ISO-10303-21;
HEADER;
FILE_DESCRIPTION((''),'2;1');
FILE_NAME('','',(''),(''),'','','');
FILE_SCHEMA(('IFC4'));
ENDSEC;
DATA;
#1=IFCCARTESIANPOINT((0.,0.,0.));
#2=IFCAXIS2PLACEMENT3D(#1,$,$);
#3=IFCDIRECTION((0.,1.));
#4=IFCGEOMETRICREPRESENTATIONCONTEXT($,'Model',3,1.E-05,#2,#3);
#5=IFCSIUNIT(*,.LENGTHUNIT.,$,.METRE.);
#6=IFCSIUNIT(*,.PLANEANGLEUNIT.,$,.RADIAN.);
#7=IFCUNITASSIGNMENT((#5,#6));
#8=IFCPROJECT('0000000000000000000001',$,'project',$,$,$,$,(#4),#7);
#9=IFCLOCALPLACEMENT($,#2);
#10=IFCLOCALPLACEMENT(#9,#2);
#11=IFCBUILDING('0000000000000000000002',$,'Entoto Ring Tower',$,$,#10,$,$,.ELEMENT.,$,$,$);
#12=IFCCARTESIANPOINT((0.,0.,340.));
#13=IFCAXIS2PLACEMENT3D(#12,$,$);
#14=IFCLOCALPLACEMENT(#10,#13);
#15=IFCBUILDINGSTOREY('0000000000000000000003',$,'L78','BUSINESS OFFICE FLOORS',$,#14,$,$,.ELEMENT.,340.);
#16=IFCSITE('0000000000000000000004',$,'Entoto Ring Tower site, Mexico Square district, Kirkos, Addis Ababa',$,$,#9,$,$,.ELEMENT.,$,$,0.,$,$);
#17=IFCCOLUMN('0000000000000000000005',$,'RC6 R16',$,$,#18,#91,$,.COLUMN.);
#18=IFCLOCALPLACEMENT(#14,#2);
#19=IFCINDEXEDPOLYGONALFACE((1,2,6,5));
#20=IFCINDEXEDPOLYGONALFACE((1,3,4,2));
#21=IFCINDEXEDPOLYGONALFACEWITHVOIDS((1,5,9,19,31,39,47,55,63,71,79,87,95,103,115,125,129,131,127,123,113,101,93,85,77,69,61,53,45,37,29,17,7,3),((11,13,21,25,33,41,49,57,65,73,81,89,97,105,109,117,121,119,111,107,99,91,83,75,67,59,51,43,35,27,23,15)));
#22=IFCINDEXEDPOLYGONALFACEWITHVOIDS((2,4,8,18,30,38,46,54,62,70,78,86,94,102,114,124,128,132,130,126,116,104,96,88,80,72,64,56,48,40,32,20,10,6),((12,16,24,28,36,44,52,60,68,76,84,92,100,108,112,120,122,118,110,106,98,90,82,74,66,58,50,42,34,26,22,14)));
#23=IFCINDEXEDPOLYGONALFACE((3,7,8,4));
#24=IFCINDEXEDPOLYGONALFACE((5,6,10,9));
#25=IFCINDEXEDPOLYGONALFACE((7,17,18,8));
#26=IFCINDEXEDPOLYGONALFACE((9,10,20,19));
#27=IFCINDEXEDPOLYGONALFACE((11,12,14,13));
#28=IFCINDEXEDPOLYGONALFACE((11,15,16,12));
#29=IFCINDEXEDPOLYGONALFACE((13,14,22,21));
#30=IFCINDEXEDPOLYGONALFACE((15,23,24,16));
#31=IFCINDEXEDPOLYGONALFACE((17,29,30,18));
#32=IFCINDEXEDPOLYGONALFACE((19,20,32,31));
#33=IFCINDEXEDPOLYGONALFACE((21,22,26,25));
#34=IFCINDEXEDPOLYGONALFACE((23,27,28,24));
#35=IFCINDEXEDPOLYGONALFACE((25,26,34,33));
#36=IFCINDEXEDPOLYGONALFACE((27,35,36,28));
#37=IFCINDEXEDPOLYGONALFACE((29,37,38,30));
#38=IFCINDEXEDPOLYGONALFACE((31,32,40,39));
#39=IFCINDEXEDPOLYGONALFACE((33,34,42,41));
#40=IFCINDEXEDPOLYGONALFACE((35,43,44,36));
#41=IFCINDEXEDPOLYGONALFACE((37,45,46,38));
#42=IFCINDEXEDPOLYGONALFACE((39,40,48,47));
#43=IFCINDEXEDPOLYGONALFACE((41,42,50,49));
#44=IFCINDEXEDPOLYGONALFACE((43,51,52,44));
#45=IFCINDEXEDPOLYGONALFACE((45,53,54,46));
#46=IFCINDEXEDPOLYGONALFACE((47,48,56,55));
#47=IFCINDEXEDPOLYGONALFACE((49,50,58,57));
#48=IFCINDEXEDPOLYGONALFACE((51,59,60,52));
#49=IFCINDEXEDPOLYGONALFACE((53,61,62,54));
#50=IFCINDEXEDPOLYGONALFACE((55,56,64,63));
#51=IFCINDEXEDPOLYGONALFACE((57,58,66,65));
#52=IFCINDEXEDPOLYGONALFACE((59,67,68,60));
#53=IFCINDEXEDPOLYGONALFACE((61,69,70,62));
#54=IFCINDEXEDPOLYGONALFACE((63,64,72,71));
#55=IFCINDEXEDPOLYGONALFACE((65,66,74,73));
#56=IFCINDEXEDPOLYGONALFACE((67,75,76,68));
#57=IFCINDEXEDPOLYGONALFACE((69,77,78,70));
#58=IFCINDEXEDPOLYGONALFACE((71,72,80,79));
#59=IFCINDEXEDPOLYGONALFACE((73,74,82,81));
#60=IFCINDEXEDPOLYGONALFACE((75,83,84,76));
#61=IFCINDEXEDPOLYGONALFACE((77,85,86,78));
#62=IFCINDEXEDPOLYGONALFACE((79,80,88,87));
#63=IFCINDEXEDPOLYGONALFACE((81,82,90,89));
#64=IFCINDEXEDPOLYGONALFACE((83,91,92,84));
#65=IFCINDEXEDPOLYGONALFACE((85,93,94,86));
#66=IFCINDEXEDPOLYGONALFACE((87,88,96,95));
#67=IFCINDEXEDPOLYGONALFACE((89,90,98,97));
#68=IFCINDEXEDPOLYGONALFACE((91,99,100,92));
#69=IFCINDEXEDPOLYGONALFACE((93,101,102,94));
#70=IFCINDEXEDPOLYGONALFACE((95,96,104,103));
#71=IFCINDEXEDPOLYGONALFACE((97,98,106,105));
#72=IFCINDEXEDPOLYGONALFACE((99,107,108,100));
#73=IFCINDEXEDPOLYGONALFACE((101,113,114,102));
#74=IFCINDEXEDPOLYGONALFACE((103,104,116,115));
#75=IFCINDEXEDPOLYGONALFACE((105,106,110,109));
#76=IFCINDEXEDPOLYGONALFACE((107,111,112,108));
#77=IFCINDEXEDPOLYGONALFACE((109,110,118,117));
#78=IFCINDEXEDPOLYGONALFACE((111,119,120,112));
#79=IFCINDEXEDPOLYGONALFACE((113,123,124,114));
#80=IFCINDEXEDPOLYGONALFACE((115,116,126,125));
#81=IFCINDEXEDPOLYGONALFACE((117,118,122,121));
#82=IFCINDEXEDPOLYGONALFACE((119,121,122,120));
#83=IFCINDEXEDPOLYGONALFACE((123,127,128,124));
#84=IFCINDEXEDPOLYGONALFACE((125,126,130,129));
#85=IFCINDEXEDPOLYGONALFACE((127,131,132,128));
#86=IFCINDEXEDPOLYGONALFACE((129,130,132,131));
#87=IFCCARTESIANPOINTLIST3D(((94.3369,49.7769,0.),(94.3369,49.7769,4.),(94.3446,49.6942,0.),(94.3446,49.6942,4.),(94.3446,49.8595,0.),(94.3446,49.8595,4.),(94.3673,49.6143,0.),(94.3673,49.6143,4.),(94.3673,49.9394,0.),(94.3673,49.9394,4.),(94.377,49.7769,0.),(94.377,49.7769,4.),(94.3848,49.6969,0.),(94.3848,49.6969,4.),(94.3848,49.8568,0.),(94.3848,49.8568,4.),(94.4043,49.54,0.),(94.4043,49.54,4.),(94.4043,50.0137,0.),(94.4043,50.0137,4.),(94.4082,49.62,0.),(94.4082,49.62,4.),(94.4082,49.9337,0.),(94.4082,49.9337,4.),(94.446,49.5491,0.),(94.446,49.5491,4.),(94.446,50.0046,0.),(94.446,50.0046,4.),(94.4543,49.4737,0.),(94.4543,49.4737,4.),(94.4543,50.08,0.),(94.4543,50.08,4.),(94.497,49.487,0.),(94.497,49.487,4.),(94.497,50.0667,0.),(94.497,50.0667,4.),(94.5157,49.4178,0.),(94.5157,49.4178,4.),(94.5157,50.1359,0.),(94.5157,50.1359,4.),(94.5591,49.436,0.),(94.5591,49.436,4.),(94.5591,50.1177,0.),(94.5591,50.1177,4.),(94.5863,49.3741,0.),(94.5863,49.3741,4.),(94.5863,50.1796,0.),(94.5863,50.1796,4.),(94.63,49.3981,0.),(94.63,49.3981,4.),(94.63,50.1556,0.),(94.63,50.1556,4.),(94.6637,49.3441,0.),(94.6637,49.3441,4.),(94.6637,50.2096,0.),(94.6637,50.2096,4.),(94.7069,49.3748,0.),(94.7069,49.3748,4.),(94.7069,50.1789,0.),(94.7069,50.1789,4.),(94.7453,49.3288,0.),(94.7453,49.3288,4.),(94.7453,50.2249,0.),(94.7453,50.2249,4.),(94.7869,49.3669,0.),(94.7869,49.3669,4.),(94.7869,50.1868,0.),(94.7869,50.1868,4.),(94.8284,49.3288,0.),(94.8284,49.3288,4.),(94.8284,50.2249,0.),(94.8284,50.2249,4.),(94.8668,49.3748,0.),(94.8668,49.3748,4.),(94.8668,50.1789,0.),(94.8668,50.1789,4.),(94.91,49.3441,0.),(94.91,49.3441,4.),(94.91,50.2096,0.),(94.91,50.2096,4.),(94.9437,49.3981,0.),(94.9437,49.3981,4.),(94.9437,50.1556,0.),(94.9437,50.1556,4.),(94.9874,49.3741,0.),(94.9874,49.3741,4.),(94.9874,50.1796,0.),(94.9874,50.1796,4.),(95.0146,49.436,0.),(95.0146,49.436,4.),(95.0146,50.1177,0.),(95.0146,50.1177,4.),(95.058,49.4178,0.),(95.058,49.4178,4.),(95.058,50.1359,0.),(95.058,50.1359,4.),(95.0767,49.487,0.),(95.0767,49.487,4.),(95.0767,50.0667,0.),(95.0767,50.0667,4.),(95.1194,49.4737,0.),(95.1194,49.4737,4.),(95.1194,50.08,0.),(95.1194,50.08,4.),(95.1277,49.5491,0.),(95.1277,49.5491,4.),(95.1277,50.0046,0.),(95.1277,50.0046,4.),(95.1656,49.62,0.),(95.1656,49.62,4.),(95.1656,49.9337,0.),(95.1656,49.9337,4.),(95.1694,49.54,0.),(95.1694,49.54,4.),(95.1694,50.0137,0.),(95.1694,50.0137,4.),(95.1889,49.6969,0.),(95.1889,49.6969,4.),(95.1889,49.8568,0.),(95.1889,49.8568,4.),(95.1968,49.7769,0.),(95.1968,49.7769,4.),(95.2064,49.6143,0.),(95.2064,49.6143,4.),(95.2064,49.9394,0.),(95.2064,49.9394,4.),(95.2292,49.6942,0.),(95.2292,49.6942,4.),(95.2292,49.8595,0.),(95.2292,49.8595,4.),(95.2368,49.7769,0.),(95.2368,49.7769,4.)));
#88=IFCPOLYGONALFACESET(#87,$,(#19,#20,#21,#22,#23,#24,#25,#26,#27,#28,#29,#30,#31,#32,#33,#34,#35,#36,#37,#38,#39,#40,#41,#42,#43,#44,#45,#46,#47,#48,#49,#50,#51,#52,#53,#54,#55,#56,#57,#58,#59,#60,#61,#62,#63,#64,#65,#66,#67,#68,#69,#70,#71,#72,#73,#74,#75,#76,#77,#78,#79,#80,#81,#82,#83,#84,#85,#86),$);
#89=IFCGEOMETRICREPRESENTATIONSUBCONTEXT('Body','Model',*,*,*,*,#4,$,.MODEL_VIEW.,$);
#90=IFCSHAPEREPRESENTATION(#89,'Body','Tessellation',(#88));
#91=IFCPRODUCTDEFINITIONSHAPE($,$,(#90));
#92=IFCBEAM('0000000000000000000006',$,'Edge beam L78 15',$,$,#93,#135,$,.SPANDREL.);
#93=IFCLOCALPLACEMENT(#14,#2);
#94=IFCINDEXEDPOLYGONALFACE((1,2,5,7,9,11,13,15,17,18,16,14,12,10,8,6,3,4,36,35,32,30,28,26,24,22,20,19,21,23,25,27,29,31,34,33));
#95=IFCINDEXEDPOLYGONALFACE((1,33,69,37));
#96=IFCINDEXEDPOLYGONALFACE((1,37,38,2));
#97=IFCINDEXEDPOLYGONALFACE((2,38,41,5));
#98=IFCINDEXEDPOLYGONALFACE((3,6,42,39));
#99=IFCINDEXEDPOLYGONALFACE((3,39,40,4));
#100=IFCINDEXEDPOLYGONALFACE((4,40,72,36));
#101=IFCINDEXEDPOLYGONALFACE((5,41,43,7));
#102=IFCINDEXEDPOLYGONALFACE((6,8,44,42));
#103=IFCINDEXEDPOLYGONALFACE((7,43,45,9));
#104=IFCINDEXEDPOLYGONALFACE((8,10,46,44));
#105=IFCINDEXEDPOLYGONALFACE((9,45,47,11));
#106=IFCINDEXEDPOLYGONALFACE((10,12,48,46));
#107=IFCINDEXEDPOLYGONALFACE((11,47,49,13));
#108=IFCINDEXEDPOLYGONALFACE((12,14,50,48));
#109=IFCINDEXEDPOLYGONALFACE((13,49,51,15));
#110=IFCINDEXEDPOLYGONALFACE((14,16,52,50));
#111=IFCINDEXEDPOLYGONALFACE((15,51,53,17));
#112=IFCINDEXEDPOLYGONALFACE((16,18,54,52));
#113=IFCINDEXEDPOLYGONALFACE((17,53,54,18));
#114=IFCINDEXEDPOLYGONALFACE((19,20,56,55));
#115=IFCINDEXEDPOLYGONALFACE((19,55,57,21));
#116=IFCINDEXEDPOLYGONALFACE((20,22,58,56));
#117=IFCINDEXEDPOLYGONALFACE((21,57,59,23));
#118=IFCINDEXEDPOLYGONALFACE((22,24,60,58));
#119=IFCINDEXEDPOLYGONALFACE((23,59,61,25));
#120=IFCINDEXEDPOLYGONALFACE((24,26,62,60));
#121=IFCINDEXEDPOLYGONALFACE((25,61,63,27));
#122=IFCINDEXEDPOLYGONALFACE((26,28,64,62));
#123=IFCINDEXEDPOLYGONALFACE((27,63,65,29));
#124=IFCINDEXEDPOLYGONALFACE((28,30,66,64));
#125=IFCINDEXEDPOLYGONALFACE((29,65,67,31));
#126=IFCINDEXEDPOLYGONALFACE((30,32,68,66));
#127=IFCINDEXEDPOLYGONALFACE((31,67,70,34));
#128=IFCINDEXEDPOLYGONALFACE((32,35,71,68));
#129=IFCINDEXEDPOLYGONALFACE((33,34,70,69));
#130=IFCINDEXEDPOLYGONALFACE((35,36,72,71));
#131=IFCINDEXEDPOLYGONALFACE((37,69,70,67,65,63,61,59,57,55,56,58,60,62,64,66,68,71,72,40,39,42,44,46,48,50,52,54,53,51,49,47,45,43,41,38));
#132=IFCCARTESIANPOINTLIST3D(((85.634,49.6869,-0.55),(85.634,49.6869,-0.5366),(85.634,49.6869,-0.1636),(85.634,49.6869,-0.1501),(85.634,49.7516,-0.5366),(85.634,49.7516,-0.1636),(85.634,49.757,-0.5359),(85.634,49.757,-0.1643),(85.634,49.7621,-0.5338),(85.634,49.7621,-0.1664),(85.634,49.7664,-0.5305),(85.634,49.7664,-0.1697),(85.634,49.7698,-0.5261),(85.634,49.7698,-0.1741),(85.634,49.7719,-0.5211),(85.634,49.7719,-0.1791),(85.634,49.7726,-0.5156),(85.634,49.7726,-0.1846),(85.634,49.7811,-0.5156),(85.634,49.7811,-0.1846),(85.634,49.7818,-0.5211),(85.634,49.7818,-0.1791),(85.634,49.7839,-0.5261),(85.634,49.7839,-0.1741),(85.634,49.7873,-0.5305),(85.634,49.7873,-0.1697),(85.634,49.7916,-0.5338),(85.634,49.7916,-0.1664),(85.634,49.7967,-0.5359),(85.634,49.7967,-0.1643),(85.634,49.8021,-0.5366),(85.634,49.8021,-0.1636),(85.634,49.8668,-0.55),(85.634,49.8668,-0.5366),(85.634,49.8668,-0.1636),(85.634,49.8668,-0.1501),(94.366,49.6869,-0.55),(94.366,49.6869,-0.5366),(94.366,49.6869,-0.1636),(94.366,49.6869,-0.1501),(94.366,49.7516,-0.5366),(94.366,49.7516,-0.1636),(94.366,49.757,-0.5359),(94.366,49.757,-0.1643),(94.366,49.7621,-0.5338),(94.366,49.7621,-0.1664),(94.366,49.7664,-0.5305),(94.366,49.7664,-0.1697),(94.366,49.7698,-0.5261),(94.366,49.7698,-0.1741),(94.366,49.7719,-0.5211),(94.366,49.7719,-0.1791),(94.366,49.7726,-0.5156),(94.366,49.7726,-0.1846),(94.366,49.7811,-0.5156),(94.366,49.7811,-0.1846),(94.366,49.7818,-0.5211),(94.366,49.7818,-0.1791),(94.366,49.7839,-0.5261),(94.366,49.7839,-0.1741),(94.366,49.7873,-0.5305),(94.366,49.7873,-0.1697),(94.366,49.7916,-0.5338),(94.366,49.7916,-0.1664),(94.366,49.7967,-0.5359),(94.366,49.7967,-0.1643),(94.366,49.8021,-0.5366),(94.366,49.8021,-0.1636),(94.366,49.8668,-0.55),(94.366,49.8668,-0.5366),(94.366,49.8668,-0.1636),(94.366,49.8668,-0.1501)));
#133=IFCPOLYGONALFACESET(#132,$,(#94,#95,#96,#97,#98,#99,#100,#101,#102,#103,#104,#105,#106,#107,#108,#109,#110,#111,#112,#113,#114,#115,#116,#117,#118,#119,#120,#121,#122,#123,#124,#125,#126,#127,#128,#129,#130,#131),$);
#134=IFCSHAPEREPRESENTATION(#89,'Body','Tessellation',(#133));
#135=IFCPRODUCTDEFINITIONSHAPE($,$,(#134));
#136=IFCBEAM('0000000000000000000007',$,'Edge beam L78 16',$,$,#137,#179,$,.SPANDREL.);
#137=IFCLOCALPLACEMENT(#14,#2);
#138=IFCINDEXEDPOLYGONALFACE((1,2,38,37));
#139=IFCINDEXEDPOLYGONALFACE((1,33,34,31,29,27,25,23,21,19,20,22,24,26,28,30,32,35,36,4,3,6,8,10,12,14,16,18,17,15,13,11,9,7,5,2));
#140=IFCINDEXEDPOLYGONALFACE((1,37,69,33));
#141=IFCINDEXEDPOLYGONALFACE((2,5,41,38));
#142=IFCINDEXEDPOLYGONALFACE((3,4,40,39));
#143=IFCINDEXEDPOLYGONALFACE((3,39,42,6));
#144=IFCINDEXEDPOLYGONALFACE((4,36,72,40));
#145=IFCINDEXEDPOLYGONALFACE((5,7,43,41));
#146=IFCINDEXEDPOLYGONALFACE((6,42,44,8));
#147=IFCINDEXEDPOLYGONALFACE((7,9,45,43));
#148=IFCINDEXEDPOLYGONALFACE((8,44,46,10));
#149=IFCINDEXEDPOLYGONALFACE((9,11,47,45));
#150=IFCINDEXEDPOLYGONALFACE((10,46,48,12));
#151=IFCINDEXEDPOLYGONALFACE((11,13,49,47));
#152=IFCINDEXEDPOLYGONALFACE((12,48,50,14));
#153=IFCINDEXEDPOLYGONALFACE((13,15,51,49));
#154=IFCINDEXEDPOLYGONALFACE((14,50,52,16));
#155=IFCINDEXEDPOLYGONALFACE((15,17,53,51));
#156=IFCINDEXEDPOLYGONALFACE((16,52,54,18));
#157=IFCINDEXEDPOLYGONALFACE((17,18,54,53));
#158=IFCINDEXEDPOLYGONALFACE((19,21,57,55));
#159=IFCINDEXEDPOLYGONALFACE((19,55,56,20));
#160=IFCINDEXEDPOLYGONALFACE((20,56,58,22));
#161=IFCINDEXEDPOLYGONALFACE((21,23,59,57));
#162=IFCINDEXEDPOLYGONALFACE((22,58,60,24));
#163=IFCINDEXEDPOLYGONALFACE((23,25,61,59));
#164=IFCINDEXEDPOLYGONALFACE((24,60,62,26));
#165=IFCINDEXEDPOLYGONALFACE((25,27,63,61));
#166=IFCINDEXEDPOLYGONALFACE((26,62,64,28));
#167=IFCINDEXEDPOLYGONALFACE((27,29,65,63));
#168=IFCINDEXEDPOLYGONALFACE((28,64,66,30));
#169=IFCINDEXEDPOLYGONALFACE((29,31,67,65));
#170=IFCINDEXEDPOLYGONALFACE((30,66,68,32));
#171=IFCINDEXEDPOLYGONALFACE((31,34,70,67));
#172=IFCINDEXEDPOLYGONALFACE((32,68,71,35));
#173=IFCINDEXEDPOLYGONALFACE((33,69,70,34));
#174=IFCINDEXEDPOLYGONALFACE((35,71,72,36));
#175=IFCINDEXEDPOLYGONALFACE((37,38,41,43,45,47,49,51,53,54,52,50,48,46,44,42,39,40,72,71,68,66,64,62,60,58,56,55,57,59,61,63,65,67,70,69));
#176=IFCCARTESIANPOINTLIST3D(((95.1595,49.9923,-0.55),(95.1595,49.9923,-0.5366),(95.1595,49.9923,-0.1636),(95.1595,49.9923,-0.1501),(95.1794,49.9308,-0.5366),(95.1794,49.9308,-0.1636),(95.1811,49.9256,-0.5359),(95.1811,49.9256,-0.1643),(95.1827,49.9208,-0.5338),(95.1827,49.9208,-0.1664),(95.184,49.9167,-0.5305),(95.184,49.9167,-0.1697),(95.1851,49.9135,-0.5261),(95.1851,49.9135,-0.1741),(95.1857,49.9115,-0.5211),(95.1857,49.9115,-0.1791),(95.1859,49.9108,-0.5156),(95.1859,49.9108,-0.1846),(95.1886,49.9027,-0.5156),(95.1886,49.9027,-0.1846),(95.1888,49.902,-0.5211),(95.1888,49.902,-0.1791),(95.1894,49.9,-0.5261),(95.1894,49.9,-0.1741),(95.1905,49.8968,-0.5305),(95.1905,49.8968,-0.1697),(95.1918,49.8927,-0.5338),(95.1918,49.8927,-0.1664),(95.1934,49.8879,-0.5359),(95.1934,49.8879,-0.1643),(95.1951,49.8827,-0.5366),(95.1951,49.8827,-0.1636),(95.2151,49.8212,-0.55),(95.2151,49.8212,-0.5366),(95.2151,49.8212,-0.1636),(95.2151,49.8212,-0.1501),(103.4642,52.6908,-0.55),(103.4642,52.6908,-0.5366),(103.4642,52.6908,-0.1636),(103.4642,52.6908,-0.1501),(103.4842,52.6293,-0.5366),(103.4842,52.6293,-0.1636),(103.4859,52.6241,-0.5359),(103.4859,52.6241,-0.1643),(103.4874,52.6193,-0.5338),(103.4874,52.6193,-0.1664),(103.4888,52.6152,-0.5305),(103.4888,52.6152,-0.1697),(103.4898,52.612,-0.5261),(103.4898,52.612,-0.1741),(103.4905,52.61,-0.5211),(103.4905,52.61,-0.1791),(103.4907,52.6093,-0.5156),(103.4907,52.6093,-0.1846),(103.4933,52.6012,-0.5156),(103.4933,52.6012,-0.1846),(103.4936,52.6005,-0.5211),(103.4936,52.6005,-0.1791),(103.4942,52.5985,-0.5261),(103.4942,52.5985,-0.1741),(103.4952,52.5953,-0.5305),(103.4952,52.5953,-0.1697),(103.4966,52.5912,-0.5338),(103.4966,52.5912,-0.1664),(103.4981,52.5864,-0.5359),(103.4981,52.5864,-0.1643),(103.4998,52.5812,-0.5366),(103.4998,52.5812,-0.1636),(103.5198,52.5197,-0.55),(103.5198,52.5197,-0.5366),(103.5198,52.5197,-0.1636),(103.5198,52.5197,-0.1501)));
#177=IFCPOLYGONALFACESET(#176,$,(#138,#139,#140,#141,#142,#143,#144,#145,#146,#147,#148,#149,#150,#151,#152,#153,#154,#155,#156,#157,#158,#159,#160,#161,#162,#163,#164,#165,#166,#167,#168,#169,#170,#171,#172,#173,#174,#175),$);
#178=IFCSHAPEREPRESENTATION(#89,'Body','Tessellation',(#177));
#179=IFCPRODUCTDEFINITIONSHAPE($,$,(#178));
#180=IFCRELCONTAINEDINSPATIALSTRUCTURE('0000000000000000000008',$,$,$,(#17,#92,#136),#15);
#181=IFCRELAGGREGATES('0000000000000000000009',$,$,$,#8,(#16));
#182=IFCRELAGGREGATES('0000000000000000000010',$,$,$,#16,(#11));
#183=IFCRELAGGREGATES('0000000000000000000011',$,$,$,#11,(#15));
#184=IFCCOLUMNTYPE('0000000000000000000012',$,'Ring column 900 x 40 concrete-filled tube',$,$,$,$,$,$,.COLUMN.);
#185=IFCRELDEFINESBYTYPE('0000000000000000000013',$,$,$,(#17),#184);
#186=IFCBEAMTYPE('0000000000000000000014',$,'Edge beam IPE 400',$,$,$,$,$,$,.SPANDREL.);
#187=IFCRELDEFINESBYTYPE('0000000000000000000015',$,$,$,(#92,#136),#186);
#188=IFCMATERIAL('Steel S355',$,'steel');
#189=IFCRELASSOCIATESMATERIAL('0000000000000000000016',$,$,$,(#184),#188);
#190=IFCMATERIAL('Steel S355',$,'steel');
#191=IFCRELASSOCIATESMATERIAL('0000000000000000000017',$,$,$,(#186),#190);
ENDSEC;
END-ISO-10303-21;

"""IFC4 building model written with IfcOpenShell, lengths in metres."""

from ifc_helpers import new_model, si_unit, direction, frame, origin, origin_2d, place, context, subcontext, project, spatial, circle, hollow_circle, i_section, extrude, material, material_profile, profile_set, type_object, element, save


model = new_model("IFC4")

# Units and contexts
model_context = context("Model", 3, precision=1e-05, world=origin(), true_north=direction((0.0, 1.0)))
body_context = subcontext(model_context, "Body", "Model", "MODEL_VIEW")
ifc_project = project(units=[si_unit("LENGTHUNIT", "METRE"), si_unit("PLANEANGLEUNIT", "RADIAN")], contexts=[model_context])

# Site, building, storey
site_placement = place(None, origin())
site = spatial("IfcSite", under=ifc_project, at=site_placement, Name="Entoto Ring Tower site, Mexico Square district, Kirkos, Addis Ababa", CompositionType="ELEMENT", RefElevation=0.0)
building_placement = place(site_placement, origin())
building = spatial("IfcBuilding", under=site, at=building_placement, Name="Entoto Ring Tower", CompositionType="ELEMENT")
storey_placement = place(building_placement, frame((0.0, 0.0, 340.0)))
storey = spatial("IfcBuildingStorey", under=building, at=storey_placement, Name="L78", Description="BUSINESS OFFICE FLOORS", CompositionType="ELEMENT", Elevation=340.0)

# Column
ifc_material_1 = material(Name="Steel S355", Category="steel")
ifc_material_profile_1 = material_profile(ifc_material_1, hollow_circle(Radius=0.45, WallThickness=0.04, at=origin_2d()), Name="CHS 900 x 40")
ifc_material_2 = material(Name="Concrete C60/75", Category="concrete")
ifc_material_profile_2 = material_profile(ifc_material_2, circle(Radius=0.4099, at=origin_2d()), Name="Concrete C60/75 infill")
ifc_profile_set_1 = profile_set([ifc_material_profile_1, ifc_material_profile_2], Name="Steel S355")
column_type = type_object("IfcColumnType", Name="Ring column 900 x 40 concrete-filled tube", PredefinedType="COLUMN", material=ifc_profile_set_1)
column_placement = place(storey_placement, frame((94.7869, 49.7769, 0.0), z_axis=(0.0, 0.0, 1.0), x_axis=(1.0, 0.0, 0.0)))
element("IfcColumn", 1, at=column_placement, inside=storey, type_object=column_type, Name="RC6 R16", PredefinedType="COLUMN", context=body_context, shape_type="SweptSolid", body=[
    extrude(hollow_circle(Radius=0.45, WallThickness=0.04, at=origin_2d()), origin(), (0.0, 0.0, 1.0), 4.0),
])

# Beams
ifc_material_3 = material(Name="Steel S355", Category="steel")
ifc_material_profile_3 = material_profile(ifc_material_3, i_section(OverallWidth=0.1799, OverallDepth=0.3999, WebThickness=0.0085, FlangeThickness=0.0134, FilletRadius=0.021, at=origin_2d()), Name="IPE 400")
ifc_profile_set_2 = profile_set([ifc_material_profile_3], Name="Steel S355")
beam_type_1 = type_object("IfcBeamType", Name="Edge beam IPE 400", PredefinedType="SPANDREL", material=ifc_profile_set_2)
beam_1_placement = place(storey_placement, frame((85.634, 49.7769, -0.3501), z_axis=(1.0, 0.0, 0.0), x_axis=(0.0, 1.0, 0.0)))
element("IfcBeam", 2, at=beam_1_placement, inside=storey, type_object=beam_type_1, Name="Edge beam L78 15", PredefinedType="SPANDREL", context=body_context, shape_type="SweptSolid", body=[
    extrude(i_section(OverallWidth=0.1799, OverallDepth=0.3999, WebThickness=0.0085, FlangeThickness=0.0134, FilletRadius=0.021, at=origin_2d()), origin(), (0.0, 0.0, 1.0), 8.7319),
])
beam_2_placement = place(storey_placement, frame((95.1873, 49.9067, -0.3501), z_axis=(0.951052, 0.30903, 0.0), x_axis=(-0.30903, 0.951052, 0.0)))
element("IfcBeam", 3, at=beam_2_placement, inside=storey, type_object=beam_type_1, Name="Edge beam L78 16", PredefinedType="SPANDREL", context=body_context, shape_type="SweptSolid", body=[
    extrude(i_section(OverallWidth=0.1799, OverallDepth=0.3999, WebThickness=0.0085, FlangeThickness=0.0134, FilletRadius=0.021, at=origin_2d()), origin(), (0.0, 0.0, 1.0), 8.7322),
])

save(model, "model.ifc")
